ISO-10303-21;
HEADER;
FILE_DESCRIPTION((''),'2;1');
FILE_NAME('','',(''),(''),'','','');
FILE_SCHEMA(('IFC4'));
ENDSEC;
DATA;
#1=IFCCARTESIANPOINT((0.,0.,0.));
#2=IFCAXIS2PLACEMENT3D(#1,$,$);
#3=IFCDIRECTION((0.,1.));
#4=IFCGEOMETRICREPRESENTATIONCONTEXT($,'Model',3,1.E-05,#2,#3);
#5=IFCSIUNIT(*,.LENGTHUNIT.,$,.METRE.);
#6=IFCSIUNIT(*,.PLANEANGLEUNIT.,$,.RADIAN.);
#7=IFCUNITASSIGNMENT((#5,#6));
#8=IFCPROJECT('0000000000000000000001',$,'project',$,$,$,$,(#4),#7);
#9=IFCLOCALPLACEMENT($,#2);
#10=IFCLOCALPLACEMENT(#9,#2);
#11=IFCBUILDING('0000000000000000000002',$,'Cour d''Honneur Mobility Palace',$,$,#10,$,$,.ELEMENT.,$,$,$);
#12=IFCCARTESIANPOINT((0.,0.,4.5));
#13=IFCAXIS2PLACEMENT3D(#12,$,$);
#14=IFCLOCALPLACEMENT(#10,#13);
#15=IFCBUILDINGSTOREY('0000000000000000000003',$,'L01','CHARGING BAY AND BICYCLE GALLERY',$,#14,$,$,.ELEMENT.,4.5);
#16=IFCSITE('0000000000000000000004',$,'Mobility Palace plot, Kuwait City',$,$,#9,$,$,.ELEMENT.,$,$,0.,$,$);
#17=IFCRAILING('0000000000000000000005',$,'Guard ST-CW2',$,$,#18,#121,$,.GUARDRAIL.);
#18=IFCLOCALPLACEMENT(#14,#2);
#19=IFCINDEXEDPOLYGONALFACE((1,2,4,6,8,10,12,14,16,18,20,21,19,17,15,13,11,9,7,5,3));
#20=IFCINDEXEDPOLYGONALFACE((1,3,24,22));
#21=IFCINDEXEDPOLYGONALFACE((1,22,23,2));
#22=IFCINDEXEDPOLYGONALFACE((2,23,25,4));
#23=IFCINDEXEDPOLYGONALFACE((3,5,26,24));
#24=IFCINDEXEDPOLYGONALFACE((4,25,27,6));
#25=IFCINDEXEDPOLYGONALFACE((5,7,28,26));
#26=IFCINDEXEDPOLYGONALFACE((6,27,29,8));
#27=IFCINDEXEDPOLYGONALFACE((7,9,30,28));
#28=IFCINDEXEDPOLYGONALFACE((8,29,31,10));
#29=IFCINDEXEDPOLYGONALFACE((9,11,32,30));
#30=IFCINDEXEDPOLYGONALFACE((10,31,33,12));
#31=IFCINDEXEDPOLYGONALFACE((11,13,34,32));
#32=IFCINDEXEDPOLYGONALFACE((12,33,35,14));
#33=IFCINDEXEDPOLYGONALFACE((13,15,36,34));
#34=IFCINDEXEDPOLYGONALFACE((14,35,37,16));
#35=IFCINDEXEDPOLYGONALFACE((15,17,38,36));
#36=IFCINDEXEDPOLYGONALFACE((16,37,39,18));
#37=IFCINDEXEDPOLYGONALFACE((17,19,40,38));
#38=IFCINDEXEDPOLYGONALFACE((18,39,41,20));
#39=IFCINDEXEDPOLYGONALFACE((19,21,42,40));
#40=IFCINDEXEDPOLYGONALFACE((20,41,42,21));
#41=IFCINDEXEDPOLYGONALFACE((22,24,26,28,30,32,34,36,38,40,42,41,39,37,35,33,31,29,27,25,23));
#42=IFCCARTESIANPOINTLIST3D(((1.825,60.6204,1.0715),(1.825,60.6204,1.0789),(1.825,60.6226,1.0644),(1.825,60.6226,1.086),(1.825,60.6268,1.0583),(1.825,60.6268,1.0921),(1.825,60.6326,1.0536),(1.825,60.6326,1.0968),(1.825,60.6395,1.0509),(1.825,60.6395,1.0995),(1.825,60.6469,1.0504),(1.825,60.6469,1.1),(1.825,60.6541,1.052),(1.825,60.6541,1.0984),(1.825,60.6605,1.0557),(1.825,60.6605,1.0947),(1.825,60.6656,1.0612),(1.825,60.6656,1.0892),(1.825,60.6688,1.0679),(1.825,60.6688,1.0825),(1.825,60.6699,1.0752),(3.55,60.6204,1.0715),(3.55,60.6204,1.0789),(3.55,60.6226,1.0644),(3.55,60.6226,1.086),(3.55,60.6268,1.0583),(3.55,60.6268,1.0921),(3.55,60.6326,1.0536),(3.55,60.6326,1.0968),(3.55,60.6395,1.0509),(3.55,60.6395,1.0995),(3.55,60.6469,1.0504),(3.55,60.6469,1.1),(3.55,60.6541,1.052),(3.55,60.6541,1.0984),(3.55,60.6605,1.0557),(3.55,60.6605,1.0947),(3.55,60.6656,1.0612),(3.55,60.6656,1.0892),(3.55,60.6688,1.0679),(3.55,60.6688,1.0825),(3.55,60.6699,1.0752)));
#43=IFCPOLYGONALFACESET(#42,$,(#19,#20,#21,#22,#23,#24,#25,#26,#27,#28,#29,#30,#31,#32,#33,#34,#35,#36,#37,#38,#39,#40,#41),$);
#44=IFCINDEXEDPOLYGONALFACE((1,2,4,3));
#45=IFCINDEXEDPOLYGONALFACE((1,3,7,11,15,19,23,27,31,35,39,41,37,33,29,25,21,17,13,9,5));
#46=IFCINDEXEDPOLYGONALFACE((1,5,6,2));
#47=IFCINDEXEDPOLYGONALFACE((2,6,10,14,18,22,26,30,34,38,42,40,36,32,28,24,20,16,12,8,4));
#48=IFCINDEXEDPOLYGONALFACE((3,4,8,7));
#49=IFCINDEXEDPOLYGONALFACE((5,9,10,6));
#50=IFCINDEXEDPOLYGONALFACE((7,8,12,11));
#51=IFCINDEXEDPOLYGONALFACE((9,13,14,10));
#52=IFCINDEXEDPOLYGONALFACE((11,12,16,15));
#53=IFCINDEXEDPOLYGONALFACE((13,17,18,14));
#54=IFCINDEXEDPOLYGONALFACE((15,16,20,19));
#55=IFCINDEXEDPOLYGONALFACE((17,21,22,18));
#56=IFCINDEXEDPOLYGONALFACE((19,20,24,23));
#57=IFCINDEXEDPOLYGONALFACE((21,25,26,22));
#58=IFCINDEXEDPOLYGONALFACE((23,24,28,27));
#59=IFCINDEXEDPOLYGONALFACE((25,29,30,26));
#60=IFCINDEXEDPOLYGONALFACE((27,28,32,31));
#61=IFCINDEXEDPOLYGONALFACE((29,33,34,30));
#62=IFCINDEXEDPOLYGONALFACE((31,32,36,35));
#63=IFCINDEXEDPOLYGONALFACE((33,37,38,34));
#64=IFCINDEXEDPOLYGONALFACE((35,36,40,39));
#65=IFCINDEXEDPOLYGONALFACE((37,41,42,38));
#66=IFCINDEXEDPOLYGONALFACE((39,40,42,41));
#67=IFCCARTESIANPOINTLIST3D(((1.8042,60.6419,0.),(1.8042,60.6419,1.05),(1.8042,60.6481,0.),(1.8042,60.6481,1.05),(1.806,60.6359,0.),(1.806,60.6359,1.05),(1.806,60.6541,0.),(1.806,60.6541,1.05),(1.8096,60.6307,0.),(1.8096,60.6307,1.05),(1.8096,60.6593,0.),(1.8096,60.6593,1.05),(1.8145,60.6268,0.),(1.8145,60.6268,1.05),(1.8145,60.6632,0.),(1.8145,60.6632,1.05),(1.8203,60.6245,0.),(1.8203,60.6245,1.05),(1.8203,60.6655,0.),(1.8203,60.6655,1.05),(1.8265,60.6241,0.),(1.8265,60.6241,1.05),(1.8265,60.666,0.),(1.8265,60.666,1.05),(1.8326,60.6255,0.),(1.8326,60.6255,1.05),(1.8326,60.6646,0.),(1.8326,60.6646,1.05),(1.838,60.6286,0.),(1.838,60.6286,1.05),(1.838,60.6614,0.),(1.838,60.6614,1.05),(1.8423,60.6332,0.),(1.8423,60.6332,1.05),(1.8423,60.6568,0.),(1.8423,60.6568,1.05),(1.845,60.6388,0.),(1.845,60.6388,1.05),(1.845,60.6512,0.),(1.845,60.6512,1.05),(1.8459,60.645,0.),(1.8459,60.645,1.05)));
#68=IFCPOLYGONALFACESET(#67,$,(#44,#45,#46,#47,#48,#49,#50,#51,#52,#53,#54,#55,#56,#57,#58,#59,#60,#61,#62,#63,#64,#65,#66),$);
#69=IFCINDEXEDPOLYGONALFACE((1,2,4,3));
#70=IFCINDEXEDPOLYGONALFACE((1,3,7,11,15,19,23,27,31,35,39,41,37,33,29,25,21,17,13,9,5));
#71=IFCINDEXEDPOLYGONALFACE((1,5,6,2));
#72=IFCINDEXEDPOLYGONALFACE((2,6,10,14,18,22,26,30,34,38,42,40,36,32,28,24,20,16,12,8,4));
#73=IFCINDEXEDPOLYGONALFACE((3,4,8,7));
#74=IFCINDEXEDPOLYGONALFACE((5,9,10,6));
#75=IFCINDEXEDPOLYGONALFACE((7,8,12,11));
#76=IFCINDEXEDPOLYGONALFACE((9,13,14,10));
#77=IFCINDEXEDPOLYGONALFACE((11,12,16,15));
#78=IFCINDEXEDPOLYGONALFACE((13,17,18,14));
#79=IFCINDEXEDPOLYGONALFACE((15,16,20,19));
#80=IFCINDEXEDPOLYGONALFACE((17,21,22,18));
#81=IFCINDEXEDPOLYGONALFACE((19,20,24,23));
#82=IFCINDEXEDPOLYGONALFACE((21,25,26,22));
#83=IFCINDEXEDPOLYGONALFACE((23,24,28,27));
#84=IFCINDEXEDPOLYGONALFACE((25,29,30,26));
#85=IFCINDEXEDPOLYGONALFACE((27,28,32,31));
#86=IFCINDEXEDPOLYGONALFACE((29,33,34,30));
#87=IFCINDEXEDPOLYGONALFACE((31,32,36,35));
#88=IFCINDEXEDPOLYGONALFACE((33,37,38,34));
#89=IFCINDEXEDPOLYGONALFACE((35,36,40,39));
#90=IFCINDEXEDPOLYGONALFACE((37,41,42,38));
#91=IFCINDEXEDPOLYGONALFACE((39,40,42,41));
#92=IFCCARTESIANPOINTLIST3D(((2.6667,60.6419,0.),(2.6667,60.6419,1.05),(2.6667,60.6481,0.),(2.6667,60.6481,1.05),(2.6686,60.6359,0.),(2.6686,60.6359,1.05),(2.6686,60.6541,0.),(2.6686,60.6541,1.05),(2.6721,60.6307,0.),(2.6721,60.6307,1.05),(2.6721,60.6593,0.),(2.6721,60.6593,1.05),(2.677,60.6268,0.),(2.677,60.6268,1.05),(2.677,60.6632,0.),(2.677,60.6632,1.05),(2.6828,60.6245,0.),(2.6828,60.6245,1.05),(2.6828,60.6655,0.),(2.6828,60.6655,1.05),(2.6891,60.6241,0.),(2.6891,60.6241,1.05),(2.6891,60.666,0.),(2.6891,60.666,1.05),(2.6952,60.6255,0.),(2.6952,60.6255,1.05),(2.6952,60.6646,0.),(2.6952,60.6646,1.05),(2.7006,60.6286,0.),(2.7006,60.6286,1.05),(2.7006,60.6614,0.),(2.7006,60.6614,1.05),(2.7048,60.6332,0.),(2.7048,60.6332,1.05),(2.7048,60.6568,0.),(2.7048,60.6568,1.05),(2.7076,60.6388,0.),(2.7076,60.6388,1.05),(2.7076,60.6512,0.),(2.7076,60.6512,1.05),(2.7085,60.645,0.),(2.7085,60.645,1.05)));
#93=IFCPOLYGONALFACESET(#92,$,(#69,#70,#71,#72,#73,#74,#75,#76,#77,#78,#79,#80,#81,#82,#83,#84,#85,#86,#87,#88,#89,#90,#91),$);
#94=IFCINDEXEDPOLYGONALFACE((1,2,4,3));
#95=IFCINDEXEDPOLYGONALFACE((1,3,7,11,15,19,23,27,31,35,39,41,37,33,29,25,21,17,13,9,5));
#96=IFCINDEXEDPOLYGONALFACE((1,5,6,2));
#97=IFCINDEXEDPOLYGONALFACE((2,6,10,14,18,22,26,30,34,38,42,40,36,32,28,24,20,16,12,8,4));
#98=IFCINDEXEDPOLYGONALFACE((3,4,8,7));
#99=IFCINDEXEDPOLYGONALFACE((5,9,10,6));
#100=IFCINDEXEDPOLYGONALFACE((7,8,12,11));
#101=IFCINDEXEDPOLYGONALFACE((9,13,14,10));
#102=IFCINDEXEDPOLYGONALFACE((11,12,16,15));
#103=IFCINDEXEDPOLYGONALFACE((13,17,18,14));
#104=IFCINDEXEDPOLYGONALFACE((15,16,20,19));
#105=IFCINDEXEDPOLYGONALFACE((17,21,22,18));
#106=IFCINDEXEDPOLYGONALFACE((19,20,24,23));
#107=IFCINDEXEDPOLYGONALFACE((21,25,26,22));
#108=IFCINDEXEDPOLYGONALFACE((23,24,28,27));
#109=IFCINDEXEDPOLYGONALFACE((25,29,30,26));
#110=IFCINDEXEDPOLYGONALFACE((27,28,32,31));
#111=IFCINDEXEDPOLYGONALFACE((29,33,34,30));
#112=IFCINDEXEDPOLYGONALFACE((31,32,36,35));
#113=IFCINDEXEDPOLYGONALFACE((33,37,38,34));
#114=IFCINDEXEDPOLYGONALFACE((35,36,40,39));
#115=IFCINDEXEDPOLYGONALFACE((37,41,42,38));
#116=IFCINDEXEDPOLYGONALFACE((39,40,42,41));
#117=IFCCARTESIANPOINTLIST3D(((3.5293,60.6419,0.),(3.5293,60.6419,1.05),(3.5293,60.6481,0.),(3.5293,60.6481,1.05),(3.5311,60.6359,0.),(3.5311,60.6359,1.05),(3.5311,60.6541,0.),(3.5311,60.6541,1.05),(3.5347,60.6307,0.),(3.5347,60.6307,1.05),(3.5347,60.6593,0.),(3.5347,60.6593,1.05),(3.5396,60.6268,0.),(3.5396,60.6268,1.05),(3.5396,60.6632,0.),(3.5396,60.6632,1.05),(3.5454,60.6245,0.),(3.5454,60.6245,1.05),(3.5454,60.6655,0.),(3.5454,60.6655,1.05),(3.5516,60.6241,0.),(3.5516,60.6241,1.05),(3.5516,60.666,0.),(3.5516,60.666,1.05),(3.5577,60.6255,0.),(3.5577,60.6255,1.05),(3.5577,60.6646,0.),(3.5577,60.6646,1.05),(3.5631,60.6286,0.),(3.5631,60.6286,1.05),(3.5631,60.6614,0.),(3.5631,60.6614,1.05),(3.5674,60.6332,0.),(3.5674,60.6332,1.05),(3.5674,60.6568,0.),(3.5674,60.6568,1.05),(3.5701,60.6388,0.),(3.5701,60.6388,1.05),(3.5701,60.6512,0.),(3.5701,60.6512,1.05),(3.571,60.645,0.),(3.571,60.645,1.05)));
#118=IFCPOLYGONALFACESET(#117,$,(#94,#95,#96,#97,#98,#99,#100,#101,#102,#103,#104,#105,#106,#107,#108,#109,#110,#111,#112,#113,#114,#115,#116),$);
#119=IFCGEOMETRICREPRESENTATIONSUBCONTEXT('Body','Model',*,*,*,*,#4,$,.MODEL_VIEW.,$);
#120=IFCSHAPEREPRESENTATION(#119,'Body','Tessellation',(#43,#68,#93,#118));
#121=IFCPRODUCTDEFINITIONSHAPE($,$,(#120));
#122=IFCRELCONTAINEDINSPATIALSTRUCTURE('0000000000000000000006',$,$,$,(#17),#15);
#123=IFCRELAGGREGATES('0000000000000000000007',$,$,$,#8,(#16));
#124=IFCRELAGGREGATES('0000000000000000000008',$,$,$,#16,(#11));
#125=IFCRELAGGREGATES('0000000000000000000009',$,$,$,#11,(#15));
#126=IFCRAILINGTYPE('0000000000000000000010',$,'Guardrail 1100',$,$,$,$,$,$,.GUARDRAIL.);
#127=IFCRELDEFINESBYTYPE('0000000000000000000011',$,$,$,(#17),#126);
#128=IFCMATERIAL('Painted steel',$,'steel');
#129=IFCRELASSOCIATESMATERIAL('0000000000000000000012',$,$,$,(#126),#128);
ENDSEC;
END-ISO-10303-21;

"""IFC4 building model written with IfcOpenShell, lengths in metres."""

from ifc_helpers import new_model, si_unit, direction, frame, origin, origin_2d, place, context, subcontext, project, spatial, circle, extrude, material, type_object, element, save


model = new_model("IFC4")

# Units and contexts
model_context = context("Model", 3, precision=1e-05, world=origin(), true_north=direction((0.0, 1.0)))
body_context = subcontext(model_context, "Body", "Model", "MODEL_VIEW")
ifc_project = project(units=[si_unit("LENGTHUNIT", "METRE"), si_unit("PLANEANGLEUNIT", "RADIAN")], contexts=[model_context])

# Site, building, storey
site_placement = place(None, origin())
site = spatial("IfcSite", under=ifc_project, at=site_placement, Name="Mobility Palace plot, Kuwait City", CompositionType="ELEMENT", RefElevation=0.0)
building_placement = place(site_placement, origin())
building = spatial("IfcBuilding", under=site, at=building_placement, Name="Cour d'Honneur Mobility Palace", CompositionType="ELEMENT")
storey_placement = place(building_placement, frame((0.0, 0.0, 4.5)))
storey = spatial("IfcBuildingStorey", under=building, at=storey_placement, Name="L01", Description="CHARGING BAY AND BICYCLE GALLERY", CompositionType="ELEMENT", Elevation=4.5)

# Railing
ifc_material_1 = material(Name="Painted steel", Category="steel")
railing_type_1 = type_object("IfcRailingType", Name="Guardrail 1100", PredefinedType="GUARDRAIL", material=ifc_material_1)
railing_1_placement = place(storey_placement, frame((1.825, 60.645, 0.0)))
element("IfcRailing", 1, at=railing_1_placement, inside=storey, type_object=railing_type_1, Name="Guard ST-CW2", PredefinedType="GUARDRAIL", context=body_context, shape_type="SweptSolid", body=[
    extrude(circle(Radius=0.0249, at=origin_2d()), frame((0.0, 0.0, 1.0752), z_axis=(1.0, 0.0, 0.0), x_axis=(0.0, 1.0, 0.0)), (0.0, 0.0, 1.0), 1.7251),
    extrude(circle(Radius=0.021, at=origin_2d()), origin(), (0.0, 0.0, 1.0), 1.05),
    extrude(circle(Radius=0.021, at=origin_2d()), frame((0.8625, 0.0, 0.0)), (0.0, 0.0, 1.0), 1.05),
    extrude(circle(Radius=0.021, at=origin_2d()), frame((1.7251, 0.0, 0.0)), (0.0, 0.0, 1.0), 1.05),
])

save(model, "model.ifc")
